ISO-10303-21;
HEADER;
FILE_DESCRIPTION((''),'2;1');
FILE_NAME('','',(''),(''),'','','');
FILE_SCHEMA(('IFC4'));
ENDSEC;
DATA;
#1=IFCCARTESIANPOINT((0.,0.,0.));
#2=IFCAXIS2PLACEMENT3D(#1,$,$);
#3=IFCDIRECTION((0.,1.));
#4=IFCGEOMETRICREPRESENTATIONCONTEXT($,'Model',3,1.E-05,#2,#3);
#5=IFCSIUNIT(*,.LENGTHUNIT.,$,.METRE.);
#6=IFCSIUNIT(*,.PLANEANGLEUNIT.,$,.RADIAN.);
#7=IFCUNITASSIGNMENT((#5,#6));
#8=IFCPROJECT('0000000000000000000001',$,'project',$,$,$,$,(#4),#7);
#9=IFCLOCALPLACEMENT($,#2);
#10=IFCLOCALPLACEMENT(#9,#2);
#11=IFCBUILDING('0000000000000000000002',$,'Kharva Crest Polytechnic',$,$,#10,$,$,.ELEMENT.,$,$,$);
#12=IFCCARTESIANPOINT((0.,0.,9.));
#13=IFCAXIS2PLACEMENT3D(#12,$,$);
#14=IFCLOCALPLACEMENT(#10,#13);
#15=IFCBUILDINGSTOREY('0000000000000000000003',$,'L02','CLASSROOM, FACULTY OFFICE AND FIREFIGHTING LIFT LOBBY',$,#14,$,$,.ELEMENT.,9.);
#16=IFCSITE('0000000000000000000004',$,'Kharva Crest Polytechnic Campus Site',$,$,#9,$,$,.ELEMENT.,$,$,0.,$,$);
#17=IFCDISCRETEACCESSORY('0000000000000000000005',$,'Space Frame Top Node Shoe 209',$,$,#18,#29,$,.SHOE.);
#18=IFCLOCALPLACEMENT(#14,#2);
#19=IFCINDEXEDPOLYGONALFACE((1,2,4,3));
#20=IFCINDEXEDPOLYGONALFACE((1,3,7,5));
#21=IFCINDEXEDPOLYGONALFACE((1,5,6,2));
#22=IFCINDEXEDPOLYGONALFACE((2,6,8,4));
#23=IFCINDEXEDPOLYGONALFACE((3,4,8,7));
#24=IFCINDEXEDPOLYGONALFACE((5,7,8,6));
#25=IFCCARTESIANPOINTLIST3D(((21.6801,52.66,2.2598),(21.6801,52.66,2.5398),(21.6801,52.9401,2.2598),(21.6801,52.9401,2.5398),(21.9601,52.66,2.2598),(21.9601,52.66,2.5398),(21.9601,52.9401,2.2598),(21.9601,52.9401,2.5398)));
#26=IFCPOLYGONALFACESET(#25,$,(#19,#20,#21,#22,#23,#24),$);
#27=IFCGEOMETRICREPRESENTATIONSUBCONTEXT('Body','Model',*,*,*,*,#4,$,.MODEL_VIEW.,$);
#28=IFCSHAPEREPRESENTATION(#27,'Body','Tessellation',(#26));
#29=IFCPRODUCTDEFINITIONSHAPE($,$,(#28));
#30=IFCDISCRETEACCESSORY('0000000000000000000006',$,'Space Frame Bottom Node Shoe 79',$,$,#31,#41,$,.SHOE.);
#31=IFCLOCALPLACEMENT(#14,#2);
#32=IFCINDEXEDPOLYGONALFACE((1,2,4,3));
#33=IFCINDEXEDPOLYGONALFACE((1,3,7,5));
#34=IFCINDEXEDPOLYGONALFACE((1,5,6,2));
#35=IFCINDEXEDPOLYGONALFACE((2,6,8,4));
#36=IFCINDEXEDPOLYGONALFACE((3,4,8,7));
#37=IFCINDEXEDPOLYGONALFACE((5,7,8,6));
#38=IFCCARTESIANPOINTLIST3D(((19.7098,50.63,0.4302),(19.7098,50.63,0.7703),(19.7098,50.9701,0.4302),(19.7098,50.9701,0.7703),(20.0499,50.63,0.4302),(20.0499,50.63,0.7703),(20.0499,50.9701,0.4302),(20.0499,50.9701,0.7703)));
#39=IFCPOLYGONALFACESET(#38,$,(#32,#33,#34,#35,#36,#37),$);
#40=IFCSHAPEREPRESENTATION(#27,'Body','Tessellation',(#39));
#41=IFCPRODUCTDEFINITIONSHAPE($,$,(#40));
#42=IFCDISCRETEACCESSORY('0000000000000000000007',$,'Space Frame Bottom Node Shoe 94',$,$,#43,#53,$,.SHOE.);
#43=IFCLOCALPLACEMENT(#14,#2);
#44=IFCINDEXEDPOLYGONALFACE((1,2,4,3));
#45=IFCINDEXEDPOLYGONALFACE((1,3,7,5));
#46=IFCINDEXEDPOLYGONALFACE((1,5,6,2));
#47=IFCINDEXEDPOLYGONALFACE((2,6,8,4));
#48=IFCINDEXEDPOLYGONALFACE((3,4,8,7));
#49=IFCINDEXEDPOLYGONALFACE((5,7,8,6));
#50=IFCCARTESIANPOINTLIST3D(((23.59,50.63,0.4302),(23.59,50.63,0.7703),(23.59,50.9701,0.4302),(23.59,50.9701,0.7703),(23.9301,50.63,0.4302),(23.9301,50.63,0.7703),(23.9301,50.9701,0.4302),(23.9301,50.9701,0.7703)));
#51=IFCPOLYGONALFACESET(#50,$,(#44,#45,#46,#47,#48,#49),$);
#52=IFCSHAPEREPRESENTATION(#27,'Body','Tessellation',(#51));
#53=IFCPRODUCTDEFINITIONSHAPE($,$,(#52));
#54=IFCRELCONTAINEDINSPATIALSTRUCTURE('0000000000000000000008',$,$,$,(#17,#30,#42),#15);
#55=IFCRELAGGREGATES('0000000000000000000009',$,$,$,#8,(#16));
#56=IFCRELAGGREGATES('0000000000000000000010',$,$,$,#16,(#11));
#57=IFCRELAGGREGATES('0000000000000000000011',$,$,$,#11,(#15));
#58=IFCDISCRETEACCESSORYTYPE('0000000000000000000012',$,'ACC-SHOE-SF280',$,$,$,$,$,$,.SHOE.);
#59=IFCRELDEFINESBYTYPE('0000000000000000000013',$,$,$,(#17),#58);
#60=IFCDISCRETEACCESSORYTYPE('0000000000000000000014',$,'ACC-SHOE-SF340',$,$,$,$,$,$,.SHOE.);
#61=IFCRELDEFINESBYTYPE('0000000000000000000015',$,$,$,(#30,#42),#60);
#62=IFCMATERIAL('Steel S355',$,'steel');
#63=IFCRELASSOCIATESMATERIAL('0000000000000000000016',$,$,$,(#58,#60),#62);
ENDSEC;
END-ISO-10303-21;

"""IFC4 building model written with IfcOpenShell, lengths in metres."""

from ifc_helpers import new_model, si_unit, direction, frame, origin, origin_2d, place, context, subcontext, project, spatial, rectangle, extrude, material, type_object, element, save


model = new_model("IFC4")

# Units and contexts
model_context = context("Model", 3, precision=1e-05, world=origin(), true_north=direction((0.0, 1.0)))
body_context = subcontext(model_context, "Body", "Model", "MODEL_VIEW")
ifc_project = project(units=[si_unit("LENGTHUNIT", "METRE"), si_unit("PLANEANGLEUNIT", "RADIAN")], contexts=[model_context])

# Site, building, storey
site_placement = place(None, origin())
site = spatial("IfcSite", under=ifc_project, at=site_placement, Name="Kharva Crest Polytechnic Campus Site", CompositionType="ELEMENT", RefElevation=0.0)
building_placement = place(site_placement, origin())
building = spatial("IfcBuilding", under=site, at=building_placement, Name="Kharva Crest Polytechnic", CompositionType="ELEMENT")
storey_placement = place(building_placement, frame((0.0, 0.0, 9.0)))
storey = spatial("IfcBuildingStorey", under=building, at=storey_placement, Name="L02", Description="CLASSROOM, FACULTY OFFICE AND FIREFIGHTING LIFT LOBBY", CompositionType="ELEMENT", Elevation=9.0)

# Shared definitions
ifc_material_1 = material(Name="Steel S355", Category="steel")

# Discrete accessories
discrete_accessory_type_1 = type_object("IfcDiscreteAccessoryType", Name="ACC-SHOE-SF280", PredefinedType="SHOE", material=ifc_material_1)
for number, where, z_axis, x_axis, name in (
    (1, (21.8201, 52.8, 2.2598), (0.0, 0.0, 1.0), (1.0, 0.0, 0.0), "Space Frame Top Node Shoe 209"),
):
    element("IfcDiscreteAccessory", number, at=place(storey_placement, frame(where, z_axis=z_axis, x_axis=x_axis)), inside=storey, type_object=discrete_accessory_type_1, Name=name, PredefinedType="SHOE", context=body_context, shape_type="SweptSolid", body=[
        extrude(rectangle(XDim=0.28, YDim=0.28, at=origin_2d()), origin(), (0.0, 0.0, 1.0), 0.28),
    ])
discrete_accessory_type_2 = type_object("IfcDiscreteAccessoryType", Name="ACC-SHOE-SF340", PredefinedType="SHOE", material=ifc_material_1)
for number, where, z_axis, x_axis, name in (
    (2, (19.8799, 50.8, 0.4302), (0.0, 0.0, 1.0), (1.0, 0.0, 0.0), "Space Frame Bottom Node Shoe 79"),
    (3, (23.76, 50.8, 0.4302), (0.0, 0.0, 1.0), (1.0, 0.0, 0.0), "Space Frame Bottom Node Shoe 94"),
):
    element("IfcDiscreteAccessory", number, at=place(storey_placement, frame(where, z_axis=z_axis, x_axis=x_axis)), inside=storey, type_object=discrete_accessory_type_2, Name=name, PredefinedType="SHOE", context=body_context, shape_type="SweptSolid", body=[
        extrude(rectangle(XDim=0.3401, YDim=0.3401, at=origin_2d()), origin(), (0.0, 0.0, 1.0), 0.3401),
    ])

save(model, "model.ifc")
